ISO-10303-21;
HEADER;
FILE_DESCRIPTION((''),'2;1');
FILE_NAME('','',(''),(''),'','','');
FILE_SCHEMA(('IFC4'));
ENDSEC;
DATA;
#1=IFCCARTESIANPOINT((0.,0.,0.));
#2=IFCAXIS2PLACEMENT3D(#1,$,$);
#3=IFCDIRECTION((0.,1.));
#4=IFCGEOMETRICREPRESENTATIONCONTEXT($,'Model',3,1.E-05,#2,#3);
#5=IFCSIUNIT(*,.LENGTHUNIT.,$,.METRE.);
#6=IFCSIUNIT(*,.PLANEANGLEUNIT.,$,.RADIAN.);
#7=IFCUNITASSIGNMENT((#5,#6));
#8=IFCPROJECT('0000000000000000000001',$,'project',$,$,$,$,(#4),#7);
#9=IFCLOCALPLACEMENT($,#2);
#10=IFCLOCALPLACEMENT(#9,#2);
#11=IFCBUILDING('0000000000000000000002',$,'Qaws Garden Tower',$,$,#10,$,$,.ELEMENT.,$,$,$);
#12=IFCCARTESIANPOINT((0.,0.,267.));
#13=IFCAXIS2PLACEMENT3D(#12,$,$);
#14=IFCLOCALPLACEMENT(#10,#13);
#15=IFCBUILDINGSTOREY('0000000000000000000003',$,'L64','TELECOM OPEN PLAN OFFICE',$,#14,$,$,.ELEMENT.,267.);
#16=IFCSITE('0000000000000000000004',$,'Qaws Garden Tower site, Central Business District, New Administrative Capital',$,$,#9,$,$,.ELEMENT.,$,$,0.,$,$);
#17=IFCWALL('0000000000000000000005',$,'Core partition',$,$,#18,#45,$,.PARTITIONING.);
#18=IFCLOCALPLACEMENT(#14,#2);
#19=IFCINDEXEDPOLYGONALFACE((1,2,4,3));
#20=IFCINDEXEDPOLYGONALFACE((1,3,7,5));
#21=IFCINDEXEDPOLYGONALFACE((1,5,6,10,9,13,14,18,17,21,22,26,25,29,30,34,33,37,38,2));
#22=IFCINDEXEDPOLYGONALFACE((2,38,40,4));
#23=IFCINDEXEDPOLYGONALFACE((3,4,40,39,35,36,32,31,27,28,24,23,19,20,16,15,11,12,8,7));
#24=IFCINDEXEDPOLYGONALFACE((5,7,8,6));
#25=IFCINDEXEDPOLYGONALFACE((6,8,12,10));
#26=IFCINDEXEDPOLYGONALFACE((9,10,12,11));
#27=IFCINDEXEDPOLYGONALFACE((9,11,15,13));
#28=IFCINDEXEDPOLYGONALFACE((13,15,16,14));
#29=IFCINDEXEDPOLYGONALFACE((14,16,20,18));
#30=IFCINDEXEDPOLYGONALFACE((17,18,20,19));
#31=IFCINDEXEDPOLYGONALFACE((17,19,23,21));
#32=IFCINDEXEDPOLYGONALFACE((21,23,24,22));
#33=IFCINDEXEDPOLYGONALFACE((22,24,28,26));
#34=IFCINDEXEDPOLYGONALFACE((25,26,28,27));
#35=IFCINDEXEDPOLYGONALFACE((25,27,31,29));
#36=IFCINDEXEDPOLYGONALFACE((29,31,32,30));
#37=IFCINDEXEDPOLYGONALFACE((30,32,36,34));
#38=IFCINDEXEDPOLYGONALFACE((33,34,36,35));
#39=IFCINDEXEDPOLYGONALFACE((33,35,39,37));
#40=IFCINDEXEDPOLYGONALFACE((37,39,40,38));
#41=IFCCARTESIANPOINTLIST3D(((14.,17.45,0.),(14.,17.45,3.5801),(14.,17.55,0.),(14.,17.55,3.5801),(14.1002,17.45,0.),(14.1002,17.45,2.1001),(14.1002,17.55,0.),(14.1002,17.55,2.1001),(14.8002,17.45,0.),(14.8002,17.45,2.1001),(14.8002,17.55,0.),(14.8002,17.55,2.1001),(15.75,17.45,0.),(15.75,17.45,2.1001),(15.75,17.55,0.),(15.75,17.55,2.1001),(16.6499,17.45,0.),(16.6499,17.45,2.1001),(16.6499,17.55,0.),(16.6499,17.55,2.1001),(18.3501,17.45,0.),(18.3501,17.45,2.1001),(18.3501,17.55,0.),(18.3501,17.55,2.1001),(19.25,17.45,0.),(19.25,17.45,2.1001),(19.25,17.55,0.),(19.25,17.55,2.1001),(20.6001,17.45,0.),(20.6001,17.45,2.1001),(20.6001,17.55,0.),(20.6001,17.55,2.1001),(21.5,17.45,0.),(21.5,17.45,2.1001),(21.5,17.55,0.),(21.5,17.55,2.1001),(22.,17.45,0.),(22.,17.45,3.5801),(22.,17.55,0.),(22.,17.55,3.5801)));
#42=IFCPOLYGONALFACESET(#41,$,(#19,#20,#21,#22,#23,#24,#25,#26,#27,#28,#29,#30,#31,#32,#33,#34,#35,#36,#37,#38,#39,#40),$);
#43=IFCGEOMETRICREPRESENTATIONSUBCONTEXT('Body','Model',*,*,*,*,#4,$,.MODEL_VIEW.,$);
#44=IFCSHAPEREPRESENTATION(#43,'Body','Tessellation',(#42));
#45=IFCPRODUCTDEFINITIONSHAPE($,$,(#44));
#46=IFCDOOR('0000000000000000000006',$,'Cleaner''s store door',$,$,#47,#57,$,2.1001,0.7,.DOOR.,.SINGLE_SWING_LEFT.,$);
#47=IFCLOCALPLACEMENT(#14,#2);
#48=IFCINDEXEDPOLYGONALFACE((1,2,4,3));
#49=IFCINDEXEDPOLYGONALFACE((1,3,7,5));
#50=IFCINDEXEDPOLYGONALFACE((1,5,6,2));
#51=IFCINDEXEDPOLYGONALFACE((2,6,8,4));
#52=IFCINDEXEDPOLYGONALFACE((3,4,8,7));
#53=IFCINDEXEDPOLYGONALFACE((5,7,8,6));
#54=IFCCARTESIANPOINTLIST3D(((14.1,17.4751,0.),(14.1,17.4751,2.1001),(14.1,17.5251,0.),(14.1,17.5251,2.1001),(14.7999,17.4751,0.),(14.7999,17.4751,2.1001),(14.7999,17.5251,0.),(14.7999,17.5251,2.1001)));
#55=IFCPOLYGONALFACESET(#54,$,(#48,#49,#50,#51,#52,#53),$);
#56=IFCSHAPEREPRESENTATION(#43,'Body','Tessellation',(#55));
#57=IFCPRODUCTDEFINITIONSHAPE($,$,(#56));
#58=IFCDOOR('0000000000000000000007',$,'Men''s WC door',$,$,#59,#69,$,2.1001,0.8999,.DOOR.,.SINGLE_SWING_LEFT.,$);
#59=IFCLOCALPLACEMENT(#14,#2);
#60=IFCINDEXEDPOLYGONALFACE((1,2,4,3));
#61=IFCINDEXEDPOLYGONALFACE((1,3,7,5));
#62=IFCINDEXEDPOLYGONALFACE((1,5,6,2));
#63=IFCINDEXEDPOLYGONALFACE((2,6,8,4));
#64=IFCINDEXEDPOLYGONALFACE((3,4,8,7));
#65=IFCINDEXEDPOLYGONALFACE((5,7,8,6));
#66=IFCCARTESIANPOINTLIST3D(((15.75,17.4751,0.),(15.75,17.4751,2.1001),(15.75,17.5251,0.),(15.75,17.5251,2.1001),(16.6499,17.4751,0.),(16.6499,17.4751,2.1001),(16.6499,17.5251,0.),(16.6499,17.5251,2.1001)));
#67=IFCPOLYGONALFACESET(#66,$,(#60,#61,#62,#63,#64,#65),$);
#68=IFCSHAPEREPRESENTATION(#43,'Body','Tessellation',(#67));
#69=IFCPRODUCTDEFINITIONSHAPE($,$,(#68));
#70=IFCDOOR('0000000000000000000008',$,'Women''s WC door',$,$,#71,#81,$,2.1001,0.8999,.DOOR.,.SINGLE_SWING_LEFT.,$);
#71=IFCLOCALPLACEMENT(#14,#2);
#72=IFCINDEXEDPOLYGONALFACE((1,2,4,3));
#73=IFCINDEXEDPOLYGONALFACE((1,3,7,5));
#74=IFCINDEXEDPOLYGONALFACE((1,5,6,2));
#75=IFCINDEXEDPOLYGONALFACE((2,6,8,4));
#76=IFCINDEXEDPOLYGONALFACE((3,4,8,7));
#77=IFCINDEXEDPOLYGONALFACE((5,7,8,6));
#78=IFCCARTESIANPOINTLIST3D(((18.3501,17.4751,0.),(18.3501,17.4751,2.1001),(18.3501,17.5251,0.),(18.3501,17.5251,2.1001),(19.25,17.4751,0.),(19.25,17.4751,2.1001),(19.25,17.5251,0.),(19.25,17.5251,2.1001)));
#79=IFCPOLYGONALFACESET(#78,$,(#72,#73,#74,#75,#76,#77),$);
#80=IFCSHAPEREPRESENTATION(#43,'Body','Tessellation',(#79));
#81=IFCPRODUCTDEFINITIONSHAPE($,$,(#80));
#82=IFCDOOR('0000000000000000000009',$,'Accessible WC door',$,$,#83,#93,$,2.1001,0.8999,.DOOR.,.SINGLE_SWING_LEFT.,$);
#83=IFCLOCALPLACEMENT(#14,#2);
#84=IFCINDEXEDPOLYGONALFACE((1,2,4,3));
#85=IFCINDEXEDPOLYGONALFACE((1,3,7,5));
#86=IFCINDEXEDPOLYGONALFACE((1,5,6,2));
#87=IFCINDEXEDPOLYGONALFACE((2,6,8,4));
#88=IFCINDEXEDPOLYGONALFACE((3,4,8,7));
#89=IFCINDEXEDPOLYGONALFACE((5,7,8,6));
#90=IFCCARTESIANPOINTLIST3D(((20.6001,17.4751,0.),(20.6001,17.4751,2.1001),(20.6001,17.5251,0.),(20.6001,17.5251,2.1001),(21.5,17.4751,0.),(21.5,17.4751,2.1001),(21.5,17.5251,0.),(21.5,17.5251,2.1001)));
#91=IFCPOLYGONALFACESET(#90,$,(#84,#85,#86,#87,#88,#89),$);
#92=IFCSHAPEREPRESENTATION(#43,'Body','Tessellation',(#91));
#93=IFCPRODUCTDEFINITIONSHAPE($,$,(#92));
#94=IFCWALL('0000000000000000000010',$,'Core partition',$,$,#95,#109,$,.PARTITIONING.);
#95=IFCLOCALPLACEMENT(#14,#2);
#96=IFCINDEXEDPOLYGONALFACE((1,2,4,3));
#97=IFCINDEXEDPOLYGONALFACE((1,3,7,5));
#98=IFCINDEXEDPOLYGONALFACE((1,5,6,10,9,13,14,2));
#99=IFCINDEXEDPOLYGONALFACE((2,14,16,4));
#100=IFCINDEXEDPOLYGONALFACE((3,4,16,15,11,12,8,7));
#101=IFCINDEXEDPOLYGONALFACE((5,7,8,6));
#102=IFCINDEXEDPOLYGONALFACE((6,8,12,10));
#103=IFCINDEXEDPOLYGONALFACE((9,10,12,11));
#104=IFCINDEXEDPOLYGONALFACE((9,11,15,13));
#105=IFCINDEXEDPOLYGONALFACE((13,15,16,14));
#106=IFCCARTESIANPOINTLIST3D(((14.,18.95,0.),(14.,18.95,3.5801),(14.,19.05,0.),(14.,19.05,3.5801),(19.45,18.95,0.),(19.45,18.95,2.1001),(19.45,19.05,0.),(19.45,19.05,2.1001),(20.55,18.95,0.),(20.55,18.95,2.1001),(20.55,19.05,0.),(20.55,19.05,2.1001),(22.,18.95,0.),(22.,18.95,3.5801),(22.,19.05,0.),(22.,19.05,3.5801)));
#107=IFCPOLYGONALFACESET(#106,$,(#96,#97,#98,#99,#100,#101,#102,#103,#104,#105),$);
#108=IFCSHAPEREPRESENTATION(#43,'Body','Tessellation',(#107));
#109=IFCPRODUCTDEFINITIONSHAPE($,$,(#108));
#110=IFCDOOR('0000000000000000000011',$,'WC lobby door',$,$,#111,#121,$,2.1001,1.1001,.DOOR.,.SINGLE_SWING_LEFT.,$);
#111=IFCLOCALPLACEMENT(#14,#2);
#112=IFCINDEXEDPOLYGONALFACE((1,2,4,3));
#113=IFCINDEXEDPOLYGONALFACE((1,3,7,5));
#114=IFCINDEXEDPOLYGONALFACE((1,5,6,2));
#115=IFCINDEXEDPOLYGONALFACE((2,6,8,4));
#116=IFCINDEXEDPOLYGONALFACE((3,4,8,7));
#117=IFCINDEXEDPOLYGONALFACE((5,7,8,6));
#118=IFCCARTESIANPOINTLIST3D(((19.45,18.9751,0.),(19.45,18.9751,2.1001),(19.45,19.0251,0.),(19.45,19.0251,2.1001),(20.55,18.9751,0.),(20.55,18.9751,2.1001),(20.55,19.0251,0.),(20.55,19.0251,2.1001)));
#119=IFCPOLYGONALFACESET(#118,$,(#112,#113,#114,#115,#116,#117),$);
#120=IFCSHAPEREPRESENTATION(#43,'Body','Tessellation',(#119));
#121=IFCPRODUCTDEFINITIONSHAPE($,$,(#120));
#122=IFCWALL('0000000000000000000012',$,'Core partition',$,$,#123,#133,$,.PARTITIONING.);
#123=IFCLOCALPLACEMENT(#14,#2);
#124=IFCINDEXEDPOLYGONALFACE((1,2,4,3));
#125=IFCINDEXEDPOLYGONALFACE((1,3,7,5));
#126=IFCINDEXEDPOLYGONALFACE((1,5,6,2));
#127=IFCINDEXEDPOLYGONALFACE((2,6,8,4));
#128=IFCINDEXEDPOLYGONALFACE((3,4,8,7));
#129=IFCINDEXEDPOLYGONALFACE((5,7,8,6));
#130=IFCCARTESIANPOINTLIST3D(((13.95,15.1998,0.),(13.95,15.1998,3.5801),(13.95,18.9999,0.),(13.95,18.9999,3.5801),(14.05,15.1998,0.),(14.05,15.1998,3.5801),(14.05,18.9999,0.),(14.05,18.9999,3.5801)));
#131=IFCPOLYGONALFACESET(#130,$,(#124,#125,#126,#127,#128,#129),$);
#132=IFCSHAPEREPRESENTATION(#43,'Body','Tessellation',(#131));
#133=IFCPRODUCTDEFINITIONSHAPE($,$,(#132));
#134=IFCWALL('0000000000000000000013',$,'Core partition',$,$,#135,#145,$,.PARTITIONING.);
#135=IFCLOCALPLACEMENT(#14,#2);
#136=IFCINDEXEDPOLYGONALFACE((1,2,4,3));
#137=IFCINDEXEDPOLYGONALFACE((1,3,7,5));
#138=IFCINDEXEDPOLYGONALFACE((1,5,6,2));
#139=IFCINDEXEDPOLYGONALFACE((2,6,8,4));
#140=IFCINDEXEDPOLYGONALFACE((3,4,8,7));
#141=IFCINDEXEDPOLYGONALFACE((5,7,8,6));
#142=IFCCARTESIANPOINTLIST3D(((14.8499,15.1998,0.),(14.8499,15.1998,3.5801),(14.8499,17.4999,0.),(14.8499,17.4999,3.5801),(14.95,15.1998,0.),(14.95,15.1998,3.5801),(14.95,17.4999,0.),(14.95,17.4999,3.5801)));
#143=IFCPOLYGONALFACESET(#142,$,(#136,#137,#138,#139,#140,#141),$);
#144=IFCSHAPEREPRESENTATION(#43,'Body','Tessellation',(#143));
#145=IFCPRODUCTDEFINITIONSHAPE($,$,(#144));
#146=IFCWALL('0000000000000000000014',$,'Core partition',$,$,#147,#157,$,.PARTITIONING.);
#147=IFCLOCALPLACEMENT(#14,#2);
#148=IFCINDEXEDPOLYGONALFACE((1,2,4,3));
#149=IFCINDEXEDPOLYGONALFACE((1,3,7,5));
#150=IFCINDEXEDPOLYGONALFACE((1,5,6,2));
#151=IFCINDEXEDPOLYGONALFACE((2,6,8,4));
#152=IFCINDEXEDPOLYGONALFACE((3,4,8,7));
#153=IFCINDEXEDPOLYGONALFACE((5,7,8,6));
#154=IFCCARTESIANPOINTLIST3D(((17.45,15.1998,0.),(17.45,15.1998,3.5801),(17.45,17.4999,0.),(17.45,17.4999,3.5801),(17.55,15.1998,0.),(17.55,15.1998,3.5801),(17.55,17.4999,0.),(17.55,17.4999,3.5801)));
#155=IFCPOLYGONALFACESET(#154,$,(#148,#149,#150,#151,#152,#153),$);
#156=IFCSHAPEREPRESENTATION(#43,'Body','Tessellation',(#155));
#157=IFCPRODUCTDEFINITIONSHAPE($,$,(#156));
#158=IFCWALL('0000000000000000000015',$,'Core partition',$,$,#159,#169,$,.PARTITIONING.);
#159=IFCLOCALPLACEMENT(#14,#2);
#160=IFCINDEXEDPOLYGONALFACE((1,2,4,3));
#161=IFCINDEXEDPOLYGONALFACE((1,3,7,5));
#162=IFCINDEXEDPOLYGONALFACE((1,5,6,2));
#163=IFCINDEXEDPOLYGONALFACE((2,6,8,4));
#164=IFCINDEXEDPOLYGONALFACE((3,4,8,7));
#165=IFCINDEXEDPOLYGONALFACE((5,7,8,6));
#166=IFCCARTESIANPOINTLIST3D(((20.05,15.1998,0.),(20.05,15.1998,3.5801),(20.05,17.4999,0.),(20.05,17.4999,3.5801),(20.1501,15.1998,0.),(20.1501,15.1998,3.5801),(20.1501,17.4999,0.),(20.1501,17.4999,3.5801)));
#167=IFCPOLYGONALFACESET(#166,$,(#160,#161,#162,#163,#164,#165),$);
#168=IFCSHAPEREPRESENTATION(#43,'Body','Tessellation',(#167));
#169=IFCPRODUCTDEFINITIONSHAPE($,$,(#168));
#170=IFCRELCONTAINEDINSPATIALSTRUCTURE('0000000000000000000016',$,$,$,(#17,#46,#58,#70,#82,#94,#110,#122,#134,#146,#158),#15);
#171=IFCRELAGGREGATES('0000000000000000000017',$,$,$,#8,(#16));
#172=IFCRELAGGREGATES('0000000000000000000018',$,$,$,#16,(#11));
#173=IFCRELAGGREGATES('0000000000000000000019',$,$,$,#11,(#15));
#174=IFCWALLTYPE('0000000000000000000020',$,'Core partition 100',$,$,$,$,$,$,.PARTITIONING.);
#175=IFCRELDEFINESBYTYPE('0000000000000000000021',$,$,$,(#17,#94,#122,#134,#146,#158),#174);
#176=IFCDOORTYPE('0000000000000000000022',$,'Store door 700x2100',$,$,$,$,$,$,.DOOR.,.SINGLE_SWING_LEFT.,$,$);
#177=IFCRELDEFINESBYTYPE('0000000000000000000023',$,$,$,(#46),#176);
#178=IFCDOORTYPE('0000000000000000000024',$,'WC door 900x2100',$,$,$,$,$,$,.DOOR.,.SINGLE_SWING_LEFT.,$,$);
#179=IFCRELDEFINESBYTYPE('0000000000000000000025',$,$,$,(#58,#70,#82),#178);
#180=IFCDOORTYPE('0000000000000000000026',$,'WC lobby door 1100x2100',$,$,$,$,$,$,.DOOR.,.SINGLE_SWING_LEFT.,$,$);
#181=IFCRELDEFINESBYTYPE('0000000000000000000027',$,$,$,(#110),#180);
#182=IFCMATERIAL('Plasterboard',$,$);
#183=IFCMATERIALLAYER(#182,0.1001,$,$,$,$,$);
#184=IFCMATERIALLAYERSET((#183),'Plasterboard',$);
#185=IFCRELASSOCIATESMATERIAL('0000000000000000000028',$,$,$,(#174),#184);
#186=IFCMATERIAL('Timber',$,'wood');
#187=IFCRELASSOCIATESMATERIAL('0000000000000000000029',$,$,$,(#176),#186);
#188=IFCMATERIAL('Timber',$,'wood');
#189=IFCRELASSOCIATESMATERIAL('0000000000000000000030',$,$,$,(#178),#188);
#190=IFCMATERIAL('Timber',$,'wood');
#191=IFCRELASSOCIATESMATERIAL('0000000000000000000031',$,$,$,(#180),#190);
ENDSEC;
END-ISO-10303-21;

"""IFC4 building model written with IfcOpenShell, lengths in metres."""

from ifc_helpers import new_model, si_unit, direction, frame, frame_2d, origin, place, context, subcontext, project, spatial, rectangle, extrude, material, layer, layer_set, type_object, element, fill, save


model = new_model("IFC4")

# Units and contexts
model_context = context("Model", 3, precision=1e-05, world=origin(), true_north=direction((0.0, 1.0)))
body_context = subcontext(model_context, "Body", "Model", "MODEL_VIEW")
ifc_project = project(units=[si_unit("LENGTHUNIT", "METRE"), si_unit("PLANEANGLEUNIT", "RADIAN")], contexts=[model_context])

# Site, building, storey
site_placement = place(None, origin())
site = spatial("IfcSite", under=ifc_project, at=site_placement, Name="Qaws Garden Tower site, Central Business District, New Administrative Capital", CompositionType="ELEMENT", RefElevation=0.0)
building_placement = place(site_placement, origin())
building = spatial("IfcBuilding", under=site, at=building_placement, Name="Qaws Garden Tower", CompositionType="ELEMENT")
storey_placement = place(building_placement, frame((0.0, 0.0, 267.0)))
storey = spatial("IfcBuildingStorey", under=building, at=storey_placement, Name="L64", Description="TELECOM OPEN PLAN OFFICE", CompositionType="ELEMENT", Elevation=267.0)

# Wall, openings, doors
ifc_material_1 = material(Name="Plasterboard")
ifc_layer_1 = layer(ifc_material_1, 0.1001)
ifc_layer_set_1 = layer_set([ifc_layer_1], Name="Plasterboard")
wall_type_1 = type_object("IfcWallType", Name="Core partition 100", PredefinedType="PARTITIONING", material=ifc_layer_set_1)
wall_1_placement = place(storey_placement, frame((14.0, 17.5, 0.0), z_axis=(0.0, 0.0, 1.0), x_axis=(1.0, 0.0, 0.0)))
wall_1 = element("IfcWall", 1, at=wall_1_placement, inside=storey, type_object=wall_type_1, Name="Core partition", PredefinedType="PARTITIONING", context=body_context, shape_type="SweptSolid", body=[
    extrude(rectangle(XDim=8.0, YDim=0.1001, at=frame_2d((4.0, 0.0))), origin(), (0.0, 0.0, 1.0), 3.5801),
])
opening_1_placement = place(wall_1_placement, frame((0.1001, 0.0, 0.0)))
opening_1 = element("IfcOpeningElement", 2, at=opening_1_placement, cuts=wall_1, PredefinedType="OPENING", context=body_context, shape_type="SweptSolid", body=[
    extrude(rectangle(XDim=0.7, YDim=2.1001, at=frame_2d((0.3501, 1.05))), frame((0.0, 0.0601, 0.0), z_axis=(0.0, -1.0, 0.0), x_axis=(1.0, 0.0, 0.0)), (0.0, 0.0, 1.0), 0.1201),
])
opening_2_placement = place(wall_1_placement, frame((1.75, 0.0, 0.0)))
opening_2 = element("IfcOpeningElement", 3, at=opening_2_placement, cuts=wall_1, PredefinedType="OPENING", context=body_context, shape_type="SweptSolid", body=[
    extrude(rectangle(XDim=0.8999, YDim=2.1001, at=frame_2d((0.45, 1.05))), frame((0.0, 0.0601, 0.0), z_axis=(0.0, -1.0, 0.0), x_axis=(1.0, 0.0, 0.0)), (0.0, 0.0, 1.0), 0.1201),
])
opening_3_placement = place(wall_1_placement, frame((4.3501, 0.0, 0.0)))
opening_3 = element("IfcOpeningElement", 4, at=opening_3_placement, cuts=wall_1, PredefinedType="OPENING", context=body_context, shape_type="SweptSolid", body=[
    extrude(rectangle(XDim=0.8999, YDim=2.1001, at=frame_2d((0.45, 1.05))), frame((0.0, 0.0601, 0.0), z_axis=(0.0, -1.0, 0.0), x_axis=(1.0, 0.0, 0.0)), (0.0, 0.0, 1.0), 0.1201),
])
opening_4_placement = place(wall_1_placement, frame((6.6001, 0.0, 0.0)))
opening_4 = element("IfcOpeningElement", 5, at=opening_4_placement, cuts=wall_1, PredefinedType="OPENING", context=body_context, shape_type="SweptSolid", body=[
    extrude(rectangle(XDim=0.8999, YDim=2.1001, at=frame_2d((0.45, 1.05))), frame((0.0, 0.0601, 0.0), z_axis=(0.0, -1.0, 0.0), x_axis=(1.0, 0.0, 0.0)), (0.0, 0.0, 1.0), 0.1201),
])
ifc_material_2 = material(Name="Timber", Category="wood")
door_type_1 = type_object("IfcDoorType", Name="Store door 700x2100", OperationType="SINGLE_SWING_LEFT", PredefinedType="DOOR", material=ifc_material_2)
door_1_placement = place(opening_1_placement, frame((0.7, 0.0, 0.0), z_axis=(0.0, 0.0, 1.0), x_axis=(-1.0, 0.0, 0.0)))
door_1 = element("IfcDoor", 6, at=door_1_placement, inside=storey, type_object=door_type_1, Name="Cleaner's store door", OperationType="SINGLE_SWING_LEFT", OverallHeight=2.1001, OverallWidth=0.7, PredefinedType="DOOR", context=body_context, shape_type="SweptSolid", body=[
    extrude(rectangle(XDim=0.7, YDim=2.1001, at=frame_2d((0.3501, 1.05))), frame((0.0, 0.0249, 0.0), z_axis=(0.0, -1.0, 0.0), x_axis=(1.0, 0.0, 0.0)), (0.0, 0.0, 1.0), 0.05),
])
fill(opening_1, door_1)
ifc_material_3 = material(Name="Timber", Category="wood")
door_type_2 = type_object("IfcDoorType", Name="WC door 900x2100", OperationType="SINGLE_SWING_LEFT", PredefinedType="DOOR", material=ifc_material_3)
door_2_placement = place(opening_2_placement, frame((0.8999, 0.0, 0.0), z_axis=(0.0, 0.0, 1.0), x_axis=(-1.0, 0.0, 0.0)))
door_2 = element("IfcDoor", 7, at=door_2_placement, inside=storey, type_object=door_type_2, Name="Men's WC door", OperationType="SINGLE_SWING_LEFT", OverallHeight=2.1001, OverallWidth=0.8999, PredefinedType="DOOR", context=body_context, shape_type="SweptSolid", body=[
    extrude(rectangle(XDim=0.8999, YDim=2.1001, at=frame_2d((0.45, 1.05))), frame((0.0, 0.0249, 0.0), z_axis=(0.0, -1.0, 0.0), x_axis=(1.0, 0.0, 0.0)), (0.0, 0.0, 1.0), 0.05),
])
fill(opening_2, door_2)
door_3_placement = place(opening_3_placement, frame((0.8999, 0.0, 0.0), z_axis=(0.0, 0.0, 1.0), x_axis=(-1.0, 0.0, 0.0)))
door_3 = element("IfcDoor", 8, at=door_3_placement, inside=storey, type_object=door_type_2, Name="Women's WC door", OperationType="SINGLE_SWING_LEFT", OverallHeight=2.1001, OverallWidth=0.8999, PredefinedType="DOOR", context=body_context, shape_type="SweptSolid", body=[
    extrude(rectangle(XDim=0.8999, YDim=2.1001, at=frame_2d((0.45, 1.05))), frame((0.0, 0.0249, 0.0), z_axis=(0.0, -1.0, 0.0), x_axis=(1.0, 0.0, 0.0)), (0.0, 0.0, 1.0), 0.05),
])
fill(opening_3, door_3)
door_4_placement = place(opening_4_placement, frame((0.8999, 0.0, 0.0), z_axis=(0.0, 0.0, 1.0), x_axis=(-1.0, 0.0, 0.0)))
door_4 = element("IfcDoor", 9, at=door_4_placement, inside=storey, type_object=door_type_2, Name="Accessible WC door", OperationType="SINGLE_SWING_LEFT", OverallHeight=2.1001, OverallWidth=0.8999, PredefinedType="DOOR", context=body_context, shape_type="SweptSolid", body=[
    extrude(rectangle(XDim=0.8999, YDim=2.1001, at=frame_2d((0.45, 1.05))), frame((0.0, 0.0249, 0.0), z_axis=(0.0, -1.0, 0.0), x_axis=(1.0, 0.0, 0.0)), (0.0, 0.0, 1.0), 0.05),
])
fill(opening_4, door_4)

# Wall, opening, door
wall_2_placement = place(storey_placement, frame((14.0, 19.0, 0.0), z_axis=(0.0, 0.0, 1.0), x_axis=(1.0, 0.0, 0.0)))
wall_2 = element("IfcWall", 10, at=wall_2_placement, inside=storey, type_object=wall_type_1, Name="Core partition", PredefinedType="PARTITIONING", context=body_context, shape_type="SweptSolid", body=[
    extrude(rectangle(XDim=8.0, YDim=0.1001, at=frame_2d((4.0, 0.0))), origin(), (0.0, 0.0, 1.0), 3.5801),
])
opening_5_placement = place(wall_2_placement, frame((5.45, 0.0, 0.0)))
opening_5 = element("IfcOpeningElement", 11, at=opening_5_placement, cuts=wall_2, PredefinedType="OPENING", context=body_context, shape_type="SweptSolid", body=[
    extrude(rectangle(XDim=1.1001, YDim=2.1001, at=frame_2d((0.55, 1.05))), frame((0.0, 0.0601, 0.0), z_axis=(0.0, -1.0, 0.0), x_axis=(1.0, 0.0, 0.0)), (0.0, 0.0, 1.0), 0.1201),
])
ifc_material_4 = material(Name="Timber", Category="wood")
door_type_3 = type_object("IfcDoorType", Name="WC lobby door 1100x2100", OperationType="SINGLE_SWING_LEFT", PredefinedType="DOOR", material=ifc_material_4)
door_5_placement = place(opening_5_placement, frame((1.1001, 0.0, 0.0), z_axis=(0.0, 0.0, 1.0), x_axis=(-1.0, 0.0, 0.0)))
door_5 = element("IfcDoor", 12, at=door_5_placement, inside=storey, type_object=door_type_3, Name="WC lobby door", OperationType="SINGLE_SWING_LEFT", OverallHeight=2.1001, OverallWidth=1.1001, PredefinedType="DOOR", context=body_context, shape_type="SweptSolid", body=[
    extrude(rectangle(XDim=1.1001, YDim=2.1001, at=frame_2d((0.55, 1.05))), frame((0.0, 0.0249, 0.0), z_axis=(0.0, -1.0, 0.0), x_axis=(1.0, 0.0, 0.0)), (0.0, 0.0, 1.0), 0.05),
])
fill(opening_5, door_5)

# Walls
wall_3_placement = place(storey_placement, frame((14.0, 15.2, 0.0), z_axis=(0.0, 0.0, 1.0), x_axis=(0.0, 1.0, 0.0)))
element("IfcWall", 13, at=wall_3_placement, inside=storey, type_object=wall_type_1, Name="Core partition", PredefinedType="PARTITIONING", context=body_context, shape_type="SweptSolid", body=[
    extrude(rectangle(XDim=3.8, YDim=0.1001, at=frame_2d((1.8999, 0.0))), origin(), (0.0, 0.0, 1.0), 3.5801),
])
for number, where, z_axis, x_axis, name in (
    (14, (14.8999, 15.2, 0.0), (0.0, 0.0, 1.0), (0.0, 1.0, 0.0), "Core partition"),
    (15, (17.5, 15.2, 0.0), (0.0, 0.0, 1.0), (0.0, 1.0, 0.0), "Core partition"),
    (16, (20.1001, 15.2, 0.0), (0.0, 0.0, 1.0), (0.0, 1.0, 0.0), "Core partition"),
):
    element("IfcWall", number, at=place(storey_placement, frame(where, z_axis=z_axis, x_axis=x_axis)), inside=storey, type_object=wall_type_1, Name=name, PredefinedType="PARTITIONING", context=body_context, shape_type="SweptSolid", body=[
        extrude(rectangle(XDim=2.3, YDim=0.1001, at=frame_2d((1.1499, 0.0))), origin(), (0.0, 0.0, 1.0), 3.5801),
    ])

save(model, "model.ifc")
